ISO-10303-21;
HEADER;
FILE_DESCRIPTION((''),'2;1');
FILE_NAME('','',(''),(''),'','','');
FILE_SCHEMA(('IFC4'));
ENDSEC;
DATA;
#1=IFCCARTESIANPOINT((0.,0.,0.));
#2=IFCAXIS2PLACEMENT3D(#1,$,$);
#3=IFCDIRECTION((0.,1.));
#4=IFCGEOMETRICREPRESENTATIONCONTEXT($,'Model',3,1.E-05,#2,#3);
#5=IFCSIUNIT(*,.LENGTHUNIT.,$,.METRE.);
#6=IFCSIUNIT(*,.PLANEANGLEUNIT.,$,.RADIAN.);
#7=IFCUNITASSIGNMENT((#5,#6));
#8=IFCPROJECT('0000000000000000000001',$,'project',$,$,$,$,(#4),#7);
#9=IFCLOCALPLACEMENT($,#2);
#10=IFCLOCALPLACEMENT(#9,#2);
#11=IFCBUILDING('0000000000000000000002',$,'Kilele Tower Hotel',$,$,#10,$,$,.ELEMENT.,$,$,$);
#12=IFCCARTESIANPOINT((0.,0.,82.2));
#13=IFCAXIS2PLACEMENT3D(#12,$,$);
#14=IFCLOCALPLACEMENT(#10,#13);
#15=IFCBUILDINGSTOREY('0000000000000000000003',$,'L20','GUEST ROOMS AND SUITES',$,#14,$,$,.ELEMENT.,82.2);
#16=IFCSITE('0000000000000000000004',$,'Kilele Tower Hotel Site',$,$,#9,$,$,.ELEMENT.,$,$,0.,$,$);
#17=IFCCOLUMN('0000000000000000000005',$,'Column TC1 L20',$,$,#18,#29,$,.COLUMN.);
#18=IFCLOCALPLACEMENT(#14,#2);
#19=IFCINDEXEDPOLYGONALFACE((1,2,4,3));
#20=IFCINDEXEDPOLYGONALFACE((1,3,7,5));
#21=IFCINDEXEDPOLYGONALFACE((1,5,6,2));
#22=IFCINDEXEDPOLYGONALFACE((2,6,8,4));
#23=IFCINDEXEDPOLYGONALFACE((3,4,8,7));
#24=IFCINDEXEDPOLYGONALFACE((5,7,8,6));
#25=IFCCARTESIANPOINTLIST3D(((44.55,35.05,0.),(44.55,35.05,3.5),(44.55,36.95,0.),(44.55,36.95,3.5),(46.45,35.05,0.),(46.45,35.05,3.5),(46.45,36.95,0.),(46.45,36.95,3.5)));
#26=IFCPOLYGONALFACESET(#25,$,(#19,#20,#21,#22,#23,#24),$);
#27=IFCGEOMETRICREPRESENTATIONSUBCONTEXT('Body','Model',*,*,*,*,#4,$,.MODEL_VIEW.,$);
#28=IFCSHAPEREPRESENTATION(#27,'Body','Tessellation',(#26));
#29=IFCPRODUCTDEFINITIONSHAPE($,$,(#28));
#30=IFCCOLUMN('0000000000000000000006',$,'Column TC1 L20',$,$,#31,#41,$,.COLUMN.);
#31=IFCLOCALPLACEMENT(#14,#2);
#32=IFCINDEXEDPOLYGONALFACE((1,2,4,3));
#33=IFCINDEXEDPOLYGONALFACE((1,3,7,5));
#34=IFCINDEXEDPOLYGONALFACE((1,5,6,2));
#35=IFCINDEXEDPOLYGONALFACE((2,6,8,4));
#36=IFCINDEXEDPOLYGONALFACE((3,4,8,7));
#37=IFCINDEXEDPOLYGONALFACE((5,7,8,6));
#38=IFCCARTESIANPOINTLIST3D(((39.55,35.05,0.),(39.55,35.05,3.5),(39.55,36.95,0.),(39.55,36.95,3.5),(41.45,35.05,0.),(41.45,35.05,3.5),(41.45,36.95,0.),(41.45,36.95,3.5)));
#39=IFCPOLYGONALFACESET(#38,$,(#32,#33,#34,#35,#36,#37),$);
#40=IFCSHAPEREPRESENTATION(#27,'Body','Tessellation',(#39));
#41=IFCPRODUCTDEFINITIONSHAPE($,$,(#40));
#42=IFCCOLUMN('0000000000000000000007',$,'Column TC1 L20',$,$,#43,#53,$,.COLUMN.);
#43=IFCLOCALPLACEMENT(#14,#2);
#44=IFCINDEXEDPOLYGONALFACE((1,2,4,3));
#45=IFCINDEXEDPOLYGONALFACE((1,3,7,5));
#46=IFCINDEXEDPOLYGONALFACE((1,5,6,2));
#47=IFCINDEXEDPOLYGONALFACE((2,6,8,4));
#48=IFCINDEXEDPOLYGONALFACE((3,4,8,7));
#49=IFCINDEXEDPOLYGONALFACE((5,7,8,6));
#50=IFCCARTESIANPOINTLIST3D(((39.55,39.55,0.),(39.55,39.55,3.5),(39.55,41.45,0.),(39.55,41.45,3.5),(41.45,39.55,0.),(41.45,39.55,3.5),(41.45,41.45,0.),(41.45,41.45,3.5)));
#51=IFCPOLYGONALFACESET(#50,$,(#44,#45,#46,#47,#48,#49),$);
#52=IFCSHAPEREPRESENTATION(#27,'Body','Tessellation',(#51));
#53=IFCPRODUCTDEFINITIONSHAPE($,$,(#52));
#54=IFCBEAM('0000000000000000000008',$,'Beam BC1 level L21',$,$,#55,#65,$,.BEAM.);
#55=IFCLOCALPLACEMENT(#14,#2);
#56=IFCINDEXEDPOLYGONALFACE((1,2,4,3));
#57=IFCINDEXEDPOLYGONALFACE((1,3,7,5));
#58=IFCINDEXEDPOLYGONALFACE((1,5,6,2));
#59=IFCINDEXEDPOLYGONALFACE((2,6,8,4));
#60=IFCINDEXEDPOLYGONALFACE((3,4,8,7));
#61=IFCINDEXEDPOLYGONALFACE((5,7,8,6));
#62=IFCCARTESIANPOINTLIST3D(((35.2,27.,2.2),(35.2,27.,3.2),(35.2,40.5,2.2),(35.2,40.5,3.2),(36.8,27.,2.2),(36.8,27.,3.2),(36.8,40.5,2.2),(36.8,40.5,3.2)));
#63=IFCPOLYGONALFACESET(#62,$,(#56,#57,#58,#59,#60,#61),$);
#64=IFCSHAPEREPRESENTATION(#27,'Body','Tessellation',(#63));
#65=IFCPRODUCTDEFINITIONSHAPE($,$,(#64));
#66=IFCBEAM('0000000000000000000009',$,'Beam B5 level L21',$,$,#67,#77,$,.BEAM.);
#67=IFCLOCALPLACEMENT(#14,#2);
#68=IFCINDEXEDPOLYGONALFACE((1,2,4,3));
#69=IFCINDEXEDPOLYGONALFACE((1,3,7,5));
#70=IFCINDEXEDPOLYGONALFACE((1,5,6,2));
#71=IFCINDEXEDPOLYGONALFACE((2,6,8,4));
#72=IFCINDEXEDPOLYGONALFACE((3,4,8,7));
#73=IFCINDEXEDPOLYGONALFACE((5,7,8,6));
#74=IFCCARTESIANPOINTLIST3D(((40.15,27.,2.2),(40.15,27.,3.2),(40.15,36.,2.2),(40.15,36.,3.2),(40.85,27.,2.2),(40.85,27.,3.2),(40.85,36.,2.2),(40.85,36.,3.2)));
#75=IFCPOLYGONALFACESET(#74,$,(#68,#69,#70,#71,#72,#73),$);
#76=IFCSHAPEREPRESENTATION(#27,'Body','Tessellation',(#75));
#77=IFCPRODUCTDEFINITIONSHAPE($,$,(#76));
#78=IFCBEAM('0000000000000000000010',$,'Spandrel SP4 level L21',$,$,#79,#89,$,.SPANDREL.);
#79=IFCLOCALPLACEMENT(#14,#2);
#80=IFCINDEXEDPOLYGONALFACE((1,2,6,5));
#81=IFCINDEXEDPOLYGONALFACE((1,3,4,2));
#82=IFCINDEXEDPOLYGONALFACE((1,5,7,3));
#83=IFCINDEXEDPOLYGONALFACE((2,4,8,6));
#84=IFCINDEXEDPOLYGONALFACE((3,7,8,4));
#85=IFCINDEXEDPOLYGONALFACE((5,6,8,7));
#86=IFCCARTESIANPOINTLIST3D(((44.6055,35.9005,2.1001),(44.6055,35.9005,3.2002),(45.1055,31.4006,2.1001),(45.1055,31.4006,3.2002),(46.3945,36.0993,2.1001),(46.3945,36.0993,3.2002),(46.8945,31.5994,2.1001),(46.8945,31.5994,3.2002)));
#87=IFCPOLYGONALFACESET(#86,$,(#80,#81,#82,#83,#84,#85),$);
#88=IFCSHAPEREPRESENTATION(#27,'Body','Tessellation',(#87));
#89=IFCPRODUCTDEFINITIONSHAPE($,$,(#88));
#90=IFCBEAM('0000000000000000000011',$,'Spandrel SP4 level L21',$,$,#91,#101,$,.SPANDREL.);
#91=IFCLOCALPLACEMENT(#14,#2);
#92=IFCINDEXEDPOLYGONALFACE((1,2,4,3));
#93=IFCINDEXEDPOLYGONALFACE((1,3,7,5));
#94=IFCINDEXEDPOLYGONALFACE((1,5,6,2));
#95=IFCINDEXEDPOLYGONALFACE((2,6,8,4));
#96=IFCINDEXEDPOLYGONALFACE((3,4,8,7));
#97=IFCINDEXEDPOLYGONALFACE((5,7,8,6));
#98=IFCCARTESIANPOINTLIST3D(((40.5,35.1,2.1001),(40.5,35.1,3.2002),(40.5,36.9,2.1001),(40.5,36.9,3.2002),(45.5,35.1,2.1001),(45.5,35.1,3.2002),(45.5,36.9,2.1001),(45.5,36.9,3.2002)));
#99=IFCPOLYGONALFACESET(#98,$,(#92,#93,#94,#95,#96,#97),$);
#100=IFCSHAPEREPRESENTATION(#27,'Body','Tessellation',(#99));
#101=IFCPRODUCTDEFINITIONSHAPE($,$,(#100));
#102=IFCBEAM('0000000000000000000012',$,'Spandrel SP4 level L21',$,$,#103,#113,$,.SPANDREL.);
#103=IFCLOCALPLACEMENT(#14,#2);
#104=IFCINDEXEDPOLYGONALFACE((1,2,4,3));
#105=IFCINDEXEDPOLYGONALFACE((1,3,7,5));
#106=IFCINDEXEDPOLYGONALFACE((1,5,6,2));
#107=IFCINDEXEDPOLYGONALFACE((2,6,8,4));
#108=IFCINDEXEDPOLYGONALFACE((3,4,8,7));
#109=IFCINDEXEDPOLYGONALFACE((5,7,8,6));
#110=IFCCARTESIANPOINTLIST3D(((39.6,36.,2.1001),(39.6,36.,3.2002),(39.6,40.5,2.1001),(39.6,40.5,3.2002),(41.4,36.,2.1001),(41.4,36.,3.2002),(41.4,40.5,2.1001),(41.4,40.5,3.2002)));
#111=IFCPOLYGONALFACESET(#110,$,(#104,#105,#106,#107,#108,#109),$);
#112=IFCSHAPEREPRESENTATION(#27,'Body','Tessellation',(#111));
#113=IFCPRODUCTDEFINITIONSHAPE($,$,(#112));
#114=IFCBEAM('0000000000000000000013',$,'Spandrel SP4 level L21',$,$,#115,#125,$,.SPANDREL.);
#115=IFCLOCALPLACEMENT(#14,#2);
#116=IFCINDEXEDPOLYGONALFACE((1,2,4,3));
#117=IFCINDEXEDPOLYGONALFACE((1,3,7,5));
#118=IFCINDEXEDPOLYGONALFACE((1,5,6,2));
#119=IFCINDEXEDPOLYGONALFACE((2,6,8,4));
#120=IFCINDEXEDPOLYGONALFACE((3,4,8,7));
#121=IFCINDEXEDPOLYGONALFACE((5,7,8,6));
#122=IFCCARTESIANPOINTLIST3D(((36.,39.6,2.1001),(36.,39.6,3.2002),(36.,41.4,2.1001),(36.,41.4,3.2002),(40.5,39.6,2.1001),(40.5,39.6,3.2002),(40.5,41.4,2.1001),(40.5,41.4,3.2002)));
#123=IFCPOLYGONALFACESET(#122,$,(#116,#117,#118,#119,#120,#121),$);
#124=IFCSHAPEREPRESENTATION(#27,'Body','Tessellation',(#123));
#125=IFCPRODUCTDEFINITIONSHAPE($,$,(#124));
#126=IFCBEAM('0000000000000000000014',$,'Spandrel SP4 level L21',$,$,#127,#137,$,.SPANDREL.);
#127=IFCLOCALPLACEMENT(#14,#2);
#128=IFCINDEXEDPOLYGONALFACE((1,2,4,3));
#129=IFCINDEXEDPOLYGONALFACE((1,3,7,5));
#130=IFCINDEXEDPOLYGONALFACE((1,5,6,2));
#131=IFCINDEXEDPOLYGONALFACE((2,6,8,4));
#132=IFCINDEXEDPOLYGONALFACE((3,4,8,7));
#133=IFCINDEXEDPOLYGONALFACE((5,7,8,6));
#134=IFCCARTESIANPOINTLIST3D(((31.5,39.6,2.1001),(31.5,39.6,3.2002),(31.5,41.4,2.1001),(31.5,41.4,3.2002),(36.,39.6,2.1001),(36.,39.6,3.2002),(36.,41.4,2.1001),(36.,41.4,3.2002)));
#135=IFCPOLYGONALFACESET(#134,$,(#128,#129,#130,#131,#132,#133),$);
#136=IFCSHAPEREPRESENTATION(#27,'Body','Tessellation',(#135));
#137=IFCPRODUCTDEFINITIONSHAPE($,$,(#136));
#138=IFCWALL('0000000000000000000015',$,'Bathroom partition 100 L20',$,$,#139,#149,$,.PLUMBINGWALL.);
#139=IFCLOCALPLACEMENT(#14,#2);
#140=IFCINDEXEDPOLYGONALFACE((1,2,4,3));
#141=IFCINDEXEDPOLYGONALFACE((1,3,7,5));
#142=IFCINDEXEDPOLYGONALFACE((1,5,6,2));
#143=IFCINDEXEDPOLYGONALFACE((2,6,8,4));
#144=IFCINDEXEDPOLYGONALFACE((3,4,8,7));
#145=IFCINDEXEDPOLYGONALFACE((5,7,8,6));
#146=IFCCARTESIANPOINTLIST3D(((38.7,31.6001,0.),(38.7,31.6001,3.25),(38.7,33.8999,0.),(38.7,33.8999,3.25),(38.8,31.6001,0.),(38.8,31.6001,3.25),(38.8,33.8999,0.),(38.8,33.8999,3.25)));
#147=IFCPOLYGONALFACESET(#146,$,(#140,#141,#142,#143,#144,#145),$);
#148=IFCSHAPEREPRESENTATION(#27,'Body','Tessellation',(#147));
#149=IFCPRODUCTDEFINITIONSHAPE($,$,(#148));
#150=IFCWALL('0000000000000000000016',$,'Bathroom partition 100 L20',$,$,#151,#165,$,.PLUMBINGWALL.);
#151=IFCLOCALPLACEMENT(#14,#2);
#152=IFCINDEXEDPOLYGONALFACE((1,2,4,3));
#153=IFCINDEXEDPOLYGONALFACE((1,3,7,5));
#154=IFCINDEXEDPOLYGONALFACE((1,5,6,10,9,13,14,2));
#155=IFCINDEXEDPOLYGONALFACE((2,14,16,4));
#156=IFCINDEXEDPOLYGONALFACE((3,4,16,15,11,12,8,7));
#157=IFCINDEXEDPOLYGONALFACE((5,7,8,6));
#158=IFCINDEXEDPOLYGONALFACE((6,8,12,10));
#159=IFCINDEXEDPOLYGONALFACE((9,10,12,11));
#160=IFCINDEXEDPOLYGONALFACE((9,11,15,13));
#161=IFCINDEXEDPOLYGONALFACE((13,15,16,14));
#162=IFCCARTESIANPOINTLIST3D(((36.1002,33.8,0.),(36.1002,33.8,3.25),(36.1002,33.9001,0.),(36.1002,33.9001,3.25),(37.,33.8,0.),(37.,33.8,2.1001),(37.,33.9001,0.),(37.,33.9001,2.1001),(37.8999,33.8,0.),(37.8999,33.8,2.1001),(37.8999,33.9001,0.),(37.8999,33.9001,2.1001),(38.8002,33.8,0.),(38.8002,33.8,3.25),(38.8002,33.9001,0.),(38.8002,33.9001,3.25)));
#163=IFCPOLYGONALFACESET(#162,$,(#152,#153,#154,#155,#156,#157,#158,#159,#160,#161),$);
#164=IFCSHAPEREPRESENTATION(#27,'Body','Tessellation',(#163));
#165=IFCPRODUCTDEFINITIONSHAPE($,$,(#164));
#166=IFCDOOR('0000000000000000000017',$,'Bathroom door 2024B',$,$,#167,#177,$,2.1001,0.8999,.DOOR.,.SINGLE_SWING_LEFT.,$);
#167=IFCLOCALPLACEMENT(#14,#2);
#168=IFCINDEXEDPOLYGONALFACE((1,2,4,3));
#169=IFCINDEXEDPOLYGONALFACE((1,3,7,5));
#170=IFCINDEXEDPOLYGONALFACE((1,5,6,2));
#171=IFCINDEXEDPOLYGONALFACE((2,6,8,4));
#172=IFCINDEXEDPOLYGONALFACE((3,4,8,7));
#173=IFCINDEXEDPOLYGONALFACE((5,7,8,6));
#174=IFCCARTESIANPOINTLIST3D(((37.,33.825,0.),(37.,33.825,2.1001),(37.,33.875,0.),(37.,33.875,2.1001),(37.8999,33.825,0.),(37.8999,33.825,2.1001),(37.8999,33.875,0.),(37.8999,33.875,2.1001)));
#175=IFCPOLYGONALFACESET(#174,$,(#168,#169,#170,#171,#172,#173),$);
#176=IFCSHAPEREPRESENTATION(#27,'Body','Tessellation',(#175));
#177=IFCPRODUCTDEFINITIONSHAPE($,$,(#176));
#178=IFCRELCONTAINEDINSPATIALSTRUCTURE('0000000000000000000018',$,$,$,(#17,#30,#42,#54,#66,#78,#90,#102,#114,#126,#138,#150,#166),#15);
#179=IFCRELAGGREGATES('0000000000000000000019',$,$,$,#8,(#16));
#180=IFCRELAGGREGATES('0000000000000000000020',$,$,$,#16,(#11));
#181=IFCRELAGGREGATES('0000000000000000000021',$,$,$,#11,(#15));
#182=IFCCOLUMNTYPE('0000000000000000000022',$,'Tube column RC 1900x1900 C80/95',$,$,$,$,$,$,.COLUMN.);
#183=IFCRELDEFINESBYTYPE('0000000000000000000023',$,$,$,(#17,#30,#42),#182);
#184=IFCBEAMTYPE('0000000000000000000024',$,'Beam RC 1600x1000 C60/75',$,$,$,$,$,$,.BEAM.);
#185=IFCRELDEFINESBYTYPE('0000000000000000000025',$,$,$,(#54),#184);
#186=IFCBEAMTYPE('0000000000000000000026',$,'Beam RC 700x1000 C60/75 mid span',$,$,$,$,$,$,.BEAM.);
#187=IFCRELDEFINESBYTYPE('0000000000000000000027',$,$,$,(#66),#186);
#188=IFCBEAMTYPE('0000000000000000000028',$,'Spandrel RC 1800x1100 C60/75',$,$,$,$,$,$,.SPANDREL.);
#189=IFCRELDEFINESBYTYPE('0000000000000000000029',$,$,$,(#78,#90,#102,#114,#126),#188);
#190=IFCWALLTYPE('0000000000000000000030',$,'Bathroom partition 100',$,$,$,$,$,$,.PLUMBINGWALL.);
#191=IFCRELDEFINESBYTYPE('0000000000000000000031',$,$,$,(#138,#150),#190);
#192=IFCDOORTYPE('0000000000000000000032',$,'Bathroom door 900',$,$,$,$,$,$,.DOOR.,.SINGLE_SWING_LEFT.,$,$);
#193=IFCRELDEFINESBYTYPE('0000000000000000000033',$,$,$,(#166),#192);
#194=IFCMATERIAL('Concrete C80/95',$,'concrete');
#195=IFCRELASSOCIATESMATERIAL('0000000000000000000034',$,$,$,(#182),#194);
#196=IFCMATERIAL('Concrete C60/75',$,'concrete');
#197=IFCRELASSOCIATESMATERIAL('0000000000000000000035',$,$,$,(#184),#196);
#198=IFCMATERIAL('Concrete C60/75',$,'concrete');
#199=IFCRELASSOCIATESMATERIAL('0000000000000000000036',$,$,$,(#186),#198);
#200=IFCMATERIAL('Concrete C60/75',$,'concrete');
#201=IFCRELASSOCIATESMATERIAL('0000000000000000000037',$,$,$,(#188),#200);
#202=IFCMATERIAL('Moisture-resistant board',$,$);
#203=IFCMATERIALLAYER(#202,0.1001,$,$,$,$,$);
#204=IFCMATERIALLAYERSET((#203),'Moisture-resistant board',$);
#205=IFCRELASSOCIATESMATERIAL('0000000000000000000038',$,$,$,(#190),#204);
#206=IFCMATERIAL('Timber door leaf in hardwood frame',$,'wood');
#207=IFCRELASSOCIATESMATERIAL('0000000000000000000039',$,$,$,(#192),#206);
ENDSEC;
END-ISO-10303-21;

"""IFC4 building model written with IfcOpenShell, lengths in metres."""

from ifc_helpers import new_model, si_unit, direction, frame, frame_2d, origin, origin_2d, place, context, subcontext, project, spatial, rectangle, extrude, material, layer, layer_set, material_profile, profile_set, type_object, element, fill, save


model = new_model("IFC4")

# Units and contexts
model_context = context("Model", 3, precision=1e-05, world=origin(), true_north=direction((0.0, 1.0)))
body_context = subcontext(model_context, "Body", "Model", "MODEL_VIEW")
ifc_project = project(units=[si_unit("LENGTHUNIT", "METRE"), si_unit("PLANEANGLEUNIT", "RADIAN")], contexts=[model_context])

# Site, building, storey
site_placement = place(None, origin())
site = spatial("IfcSite", under=ifc_project, at=site_placement, Name="Kilele Tower Hotel Site", CompositionType="ELEMENT", RefElevation=0.0)
building_placement = place(site_placement, origin())
building = spatial("IfcBuilding", under=site, at=building_placement, Name="Kilele Tower Hotel", CompositionType="ELEMENT")
storey_placement = place(building_placement, frame((0.0, 0.0, 82.2)))
storey = spatial("IfcBuildingStorey", under=building, at=storey_placement, Name="L20", Description="GUEST ROOMS AND SUITES", CompositionType="ELEMENT", Elevation=82.2)

# Columns
ifc_material_1 = material(Name="Concrete C80/95", Category="concrete")
ifc_material_profile_1 = material_profile(ifc_material_1, rectangle(XDim=1.8999, YDim=1.8999, at=origin_2d()))
ifc_profile_set_1 = profile_set([ifc_material_profile_1], Name="Concrete C80/95")
column_type = type_object("IfcColumnType", Name="Tube column RC 1900x1900 C80/95", PredefinedType="COLUMN", material=ifc_profile_set_1)
for number, where, z_axis, x_axis, name in (
    (1, (45.5, 36.0, 0.0), (0.0, 0.0, 1.0), (1.0, 0.0, 0.0), "Column TC1 L20"),
    (2, (40.5, 36.0, 0.0), (0.0, 0.0, 1.0), (1.0, 0.0, 0.0), "Column TC1 L20"),
    (3, (40.5, 40.5, 0.0), (0.0, 0.0, 1.0), (1.0, 0.0, 0.0), "Column TC1 L20"),
):
    element("IfcColumn", number, at=place(storey_placement, frame(where, z_axis=z_axis, x_axis=x_axis)), inside=storey, type_object=column_type, Name=name, PredefinedType="COLUMN", context=body_context, shape_type="SweptSolid", body=[
        extrude(rectangle(XDim=1.8999, YDim=1.8999, at=origin_2d()), origin(), (0.0, 0.0, 1.0), 3.5),
    ])

# Beams
ifc_material_2 = material(Name="Concrete C60/75", Category="concrete")
ifc_material_profile_2 = material_profile(ifc_material_2, rectangle(XDim=1.6001, YDim=1.0, at=origin_2d()))
ifc_profile_set_2 = profile_set([ifc_material_profile_2], Name="Concrete C60/75")
beam_type_1 = type_object("IfcBeamType", Name="Beam RC 1600x1000 C60/75", PredefinedType="BEAM", material=ifc_profile_set_2)
beam_1_placement = place(storey_placement, frame((36.0, 40.5, 2.7), z_axis=(0.0, -1.0, 0.0), x_axis=(1.0, 0.0, 0.0)))
element("IfcBeam", 4, at=beam_1_placement, inside=storey, type_object=beam_type_1, Name="Beam BC1 level L21", PredefinedType="BEAM", context=body_context, shape_type="SweptSolid", body=[
    extrude(rectangle(XDim=1.6001, YDim=1.0, at=origin_2d()), origin(), (0.0, 0.0, 1.0), 13.5),
])
ifc_material_3 = material(Name="Concrete C60/75", Category="concrete")
ifc_material_profile_3 = material_profile(ifc_material_3, rectangle(XDim=0.7, YDim=1.0, at=origin_2d()))
ifc_profile_set_3 = profile_set([ifc_material_profile_3], Name="Concrete C60/75")
beam_type_2 = type_object("IfcBeamType", Name="Beam RC 700x1000 C60/75 mid span", PredefinedType="BEAM", material=ifc_profile_set_3)
beam_2_placement = place(storey_placement, frame((40.5, 36.0, 2.7), z_axis=(0.0, -1.0, 0.0), x_axis=(1.0, 0.0, 0.0)))
element("IfcBeam", 5, at=beam_2_placement, inside=storey, type_object=beam_type_2, Name="Beam B5 level L21", PredefinedType="BEAM", context=body_context, shape_type="SweptSolid", body=[
    extrude(rectangle(XDim=0.7, YDim=1.0, at=origin_2d()), origin(), (0.0, 0.0, 1.0), 9.0),
])
ifc_material_4 = material(Name="Concrete C60/75", Category="concrete")
ifc_material_profile_4 = material_profile(ifc_material_4, rectangle(XDim=1.8, YDim=1.1001, at=origin_2d()))
ifc_profile_set_4 = profile_set([ifc_material_profile_4], Name="Concrete C60/75")
beam_type_3 = type_object("IfcBeamType", Name="Spandrel RC 1800x1100 C60/75", PredefinedType="SPANDREL", material=ifc_profile_set_4)
beam_3_placement = place(storey_placement, frame((46.0, 31.5, 2.6501), z_axis=(-0.110432, 0.993884, 0.0), x_axis=(-0.993884, -0.110432, 0.0)))
element("IfcBeam", 6, at=beam_3_placement, inside=storey, type_object=beam_type_3, Name="Spandrel SP4 level L21", PredefinedType="SPANDREL", context=body_context, shape_type="SweptSolid", body=[
    extrude(rectangle(XDim=1.8, YDim=1.1001, at=origin_2d()), origin(), (0.0, 0.0, 1.0), 4.5276),
])
beam_4_placement = place(storey_placement, frame((45.5, 36.0, 2.6501), z_axis=(-1.0, 0.0, 0.0), x_axis=(0.0, -1.0, 0.0)))
element("IfcBeam", 7, at=beam_4_placement, inside=storey, type_object=beam_type_3, Name="Spandrel SP4 level L21", PredefinedType="SPANDREL", context=body_context, shape_type="SweptSolid", body=[
    extrude(rectangle(XDim=1.8, YDim=1.1001, at=origin_2d()), origin(), (0.0, 0.0, 1.0), 5.0),
])
for number, where, z_axis, x_axis, name in (
    (8, (40.5, 36.0, 2.6501), (0.0, 1.0, 0.0), (-1.0, 0.0, 0.0), "Spandrel SP4 level L21"),
    (9, (40.5, 40.5, 2.6501), (-1.0, 0.0, 0.0), (0.0, -1.0, 0.0), "Spandrel SP4 level L21"),
    (10, (36.0, 40.5, 2.6501), (-1.0, 0.0, 0.0), (0.0, -1.0, 0.0), "Spandrel SP4 level L21"),
):
    element("IfcBeam", number, at=place(storey_placement, frame(where, z_axis=z_axis, x_axis=x_axis)), inside=storey, type_object=beam_type_3, Name=name, PredefinedType="SPANDREL", context=body_context, shape_type="SweptSolid", body=[
        extrude(rectangle(XDim=1.8, YDim=1.1001, at=origin_2d()), origin(), (0.0, 0.0, 1.0), 4.5),
    ])

# Wall
ifc_material_5 = material(Name="Moisture-resistant board")
ifc_layer_1 = layer(ifc_material_5, 0.1001)
ifc_layer_set_1 = layer_set([ifc_layer_1], Name="Moisture-resistant board")
wall_type_1 = type_object("IfcWallType", Name="Bathroom partition 100", PredefinedType="PLUMBINGWALL", material=ifc_layer_set_1)
wall_1_placement = place(storey_placement, frame((38.75, 31.6001, 0.0), z_axis=(0.0, 0.0, 1.0), x_axis=(0.0, 1.0, 0.0)))
element("IfcWall", 11, at=wall_1_placement, inside=storey, type_object=wall_type_1, Name="Bathroom partition 100 L20", PredefinedType="PLUMBINGWALL", context=body_context, shape_type="SweptSolid", body=[
    extrude(rectangle(XDim=2.2998, YDim=0.1001, at=frame_2d((1.1499, 0.0))), origin(), (0.0, 0.0, 1.0), 3.25),
])

# Wall, opening, door
wall_2_placement = place(storey_placement, frame((36.1001, 33.8501, 0.0), z_axis=(0.0, 0.0, 1.0), x_axis=(1.0, 0.0, 0.0)))
wall_2 = element("IfcWall", 12, at=wall_2_placement, inside=storey, type_object=wall_type_1, Name="Bathroom partition 100 L20", PredefinedType="PLUMBINGWALL", context=body_context, shape_type="SweptSolid", body=[
    extrude(rectangle(XDim=2.7, YDim=0.1001, at=frame_2d((1.3501, 0.0))), origin(), (0.0, 0.0, 1.0), 3.25),
])
opening_1_placement = place(wall_2_placement, frame((0.8999, 0.0, 0.0)))
opening_1 = element("IfcOpeningElement", 13, at=opening_1_placement, cuts=wall_2, PredefinedType="OPENING", context=body_context, shape_type="SweptSolid", body=[
    extrude(rectangle(XDim=0.8999, YDim=2.1001, at=frame_2d((0.45, 1.05))), frame((0.0, 0.0601, 0.0), z_axis=(0.0, -1.0, 0.0), x_axis=(1.0, 0.0, 0.0)), (0.0, 0.0, 1.0), 0.1201),
])
ifc_material_6 = material(Name="Timber door leaf in hardwood frame", Category="wood")
door_type_1 = type_object("IfcDoorType", Name="Bathroom door 900", OperationType="SINGLE_SWING_LEFT", PredefinedType="DOOR", material=ifc_material_6)
door_1_placement = place(opening_1_placement, origin())
door_1 = element("IfcDoor", 14, at=door_1_placement, inside=storey, type_object=door_type_1, Name="Bathroom door 2024B", OperationType="SINGLE_SWING_LEFT", OverallHeight=2.1001, OverallWidth=0.8999, PredefinedType="DOOR", context=body_context, shape_type="SweptSolid", body=[
    extrude(rectangle(XDim=0.8999, YDim=2.1001, at=frame_2d((0.45, 1.05))), frame((0.0, 0.0249, 0.0), z_axis=(0.0, -1.0, 0.0), x_axis=(1.0, 0.0, 0.0)), (0.0, 0.0, 1.0), 0.05),
])
fill(opening_1, door_1)

save(model, "model.ifc")
